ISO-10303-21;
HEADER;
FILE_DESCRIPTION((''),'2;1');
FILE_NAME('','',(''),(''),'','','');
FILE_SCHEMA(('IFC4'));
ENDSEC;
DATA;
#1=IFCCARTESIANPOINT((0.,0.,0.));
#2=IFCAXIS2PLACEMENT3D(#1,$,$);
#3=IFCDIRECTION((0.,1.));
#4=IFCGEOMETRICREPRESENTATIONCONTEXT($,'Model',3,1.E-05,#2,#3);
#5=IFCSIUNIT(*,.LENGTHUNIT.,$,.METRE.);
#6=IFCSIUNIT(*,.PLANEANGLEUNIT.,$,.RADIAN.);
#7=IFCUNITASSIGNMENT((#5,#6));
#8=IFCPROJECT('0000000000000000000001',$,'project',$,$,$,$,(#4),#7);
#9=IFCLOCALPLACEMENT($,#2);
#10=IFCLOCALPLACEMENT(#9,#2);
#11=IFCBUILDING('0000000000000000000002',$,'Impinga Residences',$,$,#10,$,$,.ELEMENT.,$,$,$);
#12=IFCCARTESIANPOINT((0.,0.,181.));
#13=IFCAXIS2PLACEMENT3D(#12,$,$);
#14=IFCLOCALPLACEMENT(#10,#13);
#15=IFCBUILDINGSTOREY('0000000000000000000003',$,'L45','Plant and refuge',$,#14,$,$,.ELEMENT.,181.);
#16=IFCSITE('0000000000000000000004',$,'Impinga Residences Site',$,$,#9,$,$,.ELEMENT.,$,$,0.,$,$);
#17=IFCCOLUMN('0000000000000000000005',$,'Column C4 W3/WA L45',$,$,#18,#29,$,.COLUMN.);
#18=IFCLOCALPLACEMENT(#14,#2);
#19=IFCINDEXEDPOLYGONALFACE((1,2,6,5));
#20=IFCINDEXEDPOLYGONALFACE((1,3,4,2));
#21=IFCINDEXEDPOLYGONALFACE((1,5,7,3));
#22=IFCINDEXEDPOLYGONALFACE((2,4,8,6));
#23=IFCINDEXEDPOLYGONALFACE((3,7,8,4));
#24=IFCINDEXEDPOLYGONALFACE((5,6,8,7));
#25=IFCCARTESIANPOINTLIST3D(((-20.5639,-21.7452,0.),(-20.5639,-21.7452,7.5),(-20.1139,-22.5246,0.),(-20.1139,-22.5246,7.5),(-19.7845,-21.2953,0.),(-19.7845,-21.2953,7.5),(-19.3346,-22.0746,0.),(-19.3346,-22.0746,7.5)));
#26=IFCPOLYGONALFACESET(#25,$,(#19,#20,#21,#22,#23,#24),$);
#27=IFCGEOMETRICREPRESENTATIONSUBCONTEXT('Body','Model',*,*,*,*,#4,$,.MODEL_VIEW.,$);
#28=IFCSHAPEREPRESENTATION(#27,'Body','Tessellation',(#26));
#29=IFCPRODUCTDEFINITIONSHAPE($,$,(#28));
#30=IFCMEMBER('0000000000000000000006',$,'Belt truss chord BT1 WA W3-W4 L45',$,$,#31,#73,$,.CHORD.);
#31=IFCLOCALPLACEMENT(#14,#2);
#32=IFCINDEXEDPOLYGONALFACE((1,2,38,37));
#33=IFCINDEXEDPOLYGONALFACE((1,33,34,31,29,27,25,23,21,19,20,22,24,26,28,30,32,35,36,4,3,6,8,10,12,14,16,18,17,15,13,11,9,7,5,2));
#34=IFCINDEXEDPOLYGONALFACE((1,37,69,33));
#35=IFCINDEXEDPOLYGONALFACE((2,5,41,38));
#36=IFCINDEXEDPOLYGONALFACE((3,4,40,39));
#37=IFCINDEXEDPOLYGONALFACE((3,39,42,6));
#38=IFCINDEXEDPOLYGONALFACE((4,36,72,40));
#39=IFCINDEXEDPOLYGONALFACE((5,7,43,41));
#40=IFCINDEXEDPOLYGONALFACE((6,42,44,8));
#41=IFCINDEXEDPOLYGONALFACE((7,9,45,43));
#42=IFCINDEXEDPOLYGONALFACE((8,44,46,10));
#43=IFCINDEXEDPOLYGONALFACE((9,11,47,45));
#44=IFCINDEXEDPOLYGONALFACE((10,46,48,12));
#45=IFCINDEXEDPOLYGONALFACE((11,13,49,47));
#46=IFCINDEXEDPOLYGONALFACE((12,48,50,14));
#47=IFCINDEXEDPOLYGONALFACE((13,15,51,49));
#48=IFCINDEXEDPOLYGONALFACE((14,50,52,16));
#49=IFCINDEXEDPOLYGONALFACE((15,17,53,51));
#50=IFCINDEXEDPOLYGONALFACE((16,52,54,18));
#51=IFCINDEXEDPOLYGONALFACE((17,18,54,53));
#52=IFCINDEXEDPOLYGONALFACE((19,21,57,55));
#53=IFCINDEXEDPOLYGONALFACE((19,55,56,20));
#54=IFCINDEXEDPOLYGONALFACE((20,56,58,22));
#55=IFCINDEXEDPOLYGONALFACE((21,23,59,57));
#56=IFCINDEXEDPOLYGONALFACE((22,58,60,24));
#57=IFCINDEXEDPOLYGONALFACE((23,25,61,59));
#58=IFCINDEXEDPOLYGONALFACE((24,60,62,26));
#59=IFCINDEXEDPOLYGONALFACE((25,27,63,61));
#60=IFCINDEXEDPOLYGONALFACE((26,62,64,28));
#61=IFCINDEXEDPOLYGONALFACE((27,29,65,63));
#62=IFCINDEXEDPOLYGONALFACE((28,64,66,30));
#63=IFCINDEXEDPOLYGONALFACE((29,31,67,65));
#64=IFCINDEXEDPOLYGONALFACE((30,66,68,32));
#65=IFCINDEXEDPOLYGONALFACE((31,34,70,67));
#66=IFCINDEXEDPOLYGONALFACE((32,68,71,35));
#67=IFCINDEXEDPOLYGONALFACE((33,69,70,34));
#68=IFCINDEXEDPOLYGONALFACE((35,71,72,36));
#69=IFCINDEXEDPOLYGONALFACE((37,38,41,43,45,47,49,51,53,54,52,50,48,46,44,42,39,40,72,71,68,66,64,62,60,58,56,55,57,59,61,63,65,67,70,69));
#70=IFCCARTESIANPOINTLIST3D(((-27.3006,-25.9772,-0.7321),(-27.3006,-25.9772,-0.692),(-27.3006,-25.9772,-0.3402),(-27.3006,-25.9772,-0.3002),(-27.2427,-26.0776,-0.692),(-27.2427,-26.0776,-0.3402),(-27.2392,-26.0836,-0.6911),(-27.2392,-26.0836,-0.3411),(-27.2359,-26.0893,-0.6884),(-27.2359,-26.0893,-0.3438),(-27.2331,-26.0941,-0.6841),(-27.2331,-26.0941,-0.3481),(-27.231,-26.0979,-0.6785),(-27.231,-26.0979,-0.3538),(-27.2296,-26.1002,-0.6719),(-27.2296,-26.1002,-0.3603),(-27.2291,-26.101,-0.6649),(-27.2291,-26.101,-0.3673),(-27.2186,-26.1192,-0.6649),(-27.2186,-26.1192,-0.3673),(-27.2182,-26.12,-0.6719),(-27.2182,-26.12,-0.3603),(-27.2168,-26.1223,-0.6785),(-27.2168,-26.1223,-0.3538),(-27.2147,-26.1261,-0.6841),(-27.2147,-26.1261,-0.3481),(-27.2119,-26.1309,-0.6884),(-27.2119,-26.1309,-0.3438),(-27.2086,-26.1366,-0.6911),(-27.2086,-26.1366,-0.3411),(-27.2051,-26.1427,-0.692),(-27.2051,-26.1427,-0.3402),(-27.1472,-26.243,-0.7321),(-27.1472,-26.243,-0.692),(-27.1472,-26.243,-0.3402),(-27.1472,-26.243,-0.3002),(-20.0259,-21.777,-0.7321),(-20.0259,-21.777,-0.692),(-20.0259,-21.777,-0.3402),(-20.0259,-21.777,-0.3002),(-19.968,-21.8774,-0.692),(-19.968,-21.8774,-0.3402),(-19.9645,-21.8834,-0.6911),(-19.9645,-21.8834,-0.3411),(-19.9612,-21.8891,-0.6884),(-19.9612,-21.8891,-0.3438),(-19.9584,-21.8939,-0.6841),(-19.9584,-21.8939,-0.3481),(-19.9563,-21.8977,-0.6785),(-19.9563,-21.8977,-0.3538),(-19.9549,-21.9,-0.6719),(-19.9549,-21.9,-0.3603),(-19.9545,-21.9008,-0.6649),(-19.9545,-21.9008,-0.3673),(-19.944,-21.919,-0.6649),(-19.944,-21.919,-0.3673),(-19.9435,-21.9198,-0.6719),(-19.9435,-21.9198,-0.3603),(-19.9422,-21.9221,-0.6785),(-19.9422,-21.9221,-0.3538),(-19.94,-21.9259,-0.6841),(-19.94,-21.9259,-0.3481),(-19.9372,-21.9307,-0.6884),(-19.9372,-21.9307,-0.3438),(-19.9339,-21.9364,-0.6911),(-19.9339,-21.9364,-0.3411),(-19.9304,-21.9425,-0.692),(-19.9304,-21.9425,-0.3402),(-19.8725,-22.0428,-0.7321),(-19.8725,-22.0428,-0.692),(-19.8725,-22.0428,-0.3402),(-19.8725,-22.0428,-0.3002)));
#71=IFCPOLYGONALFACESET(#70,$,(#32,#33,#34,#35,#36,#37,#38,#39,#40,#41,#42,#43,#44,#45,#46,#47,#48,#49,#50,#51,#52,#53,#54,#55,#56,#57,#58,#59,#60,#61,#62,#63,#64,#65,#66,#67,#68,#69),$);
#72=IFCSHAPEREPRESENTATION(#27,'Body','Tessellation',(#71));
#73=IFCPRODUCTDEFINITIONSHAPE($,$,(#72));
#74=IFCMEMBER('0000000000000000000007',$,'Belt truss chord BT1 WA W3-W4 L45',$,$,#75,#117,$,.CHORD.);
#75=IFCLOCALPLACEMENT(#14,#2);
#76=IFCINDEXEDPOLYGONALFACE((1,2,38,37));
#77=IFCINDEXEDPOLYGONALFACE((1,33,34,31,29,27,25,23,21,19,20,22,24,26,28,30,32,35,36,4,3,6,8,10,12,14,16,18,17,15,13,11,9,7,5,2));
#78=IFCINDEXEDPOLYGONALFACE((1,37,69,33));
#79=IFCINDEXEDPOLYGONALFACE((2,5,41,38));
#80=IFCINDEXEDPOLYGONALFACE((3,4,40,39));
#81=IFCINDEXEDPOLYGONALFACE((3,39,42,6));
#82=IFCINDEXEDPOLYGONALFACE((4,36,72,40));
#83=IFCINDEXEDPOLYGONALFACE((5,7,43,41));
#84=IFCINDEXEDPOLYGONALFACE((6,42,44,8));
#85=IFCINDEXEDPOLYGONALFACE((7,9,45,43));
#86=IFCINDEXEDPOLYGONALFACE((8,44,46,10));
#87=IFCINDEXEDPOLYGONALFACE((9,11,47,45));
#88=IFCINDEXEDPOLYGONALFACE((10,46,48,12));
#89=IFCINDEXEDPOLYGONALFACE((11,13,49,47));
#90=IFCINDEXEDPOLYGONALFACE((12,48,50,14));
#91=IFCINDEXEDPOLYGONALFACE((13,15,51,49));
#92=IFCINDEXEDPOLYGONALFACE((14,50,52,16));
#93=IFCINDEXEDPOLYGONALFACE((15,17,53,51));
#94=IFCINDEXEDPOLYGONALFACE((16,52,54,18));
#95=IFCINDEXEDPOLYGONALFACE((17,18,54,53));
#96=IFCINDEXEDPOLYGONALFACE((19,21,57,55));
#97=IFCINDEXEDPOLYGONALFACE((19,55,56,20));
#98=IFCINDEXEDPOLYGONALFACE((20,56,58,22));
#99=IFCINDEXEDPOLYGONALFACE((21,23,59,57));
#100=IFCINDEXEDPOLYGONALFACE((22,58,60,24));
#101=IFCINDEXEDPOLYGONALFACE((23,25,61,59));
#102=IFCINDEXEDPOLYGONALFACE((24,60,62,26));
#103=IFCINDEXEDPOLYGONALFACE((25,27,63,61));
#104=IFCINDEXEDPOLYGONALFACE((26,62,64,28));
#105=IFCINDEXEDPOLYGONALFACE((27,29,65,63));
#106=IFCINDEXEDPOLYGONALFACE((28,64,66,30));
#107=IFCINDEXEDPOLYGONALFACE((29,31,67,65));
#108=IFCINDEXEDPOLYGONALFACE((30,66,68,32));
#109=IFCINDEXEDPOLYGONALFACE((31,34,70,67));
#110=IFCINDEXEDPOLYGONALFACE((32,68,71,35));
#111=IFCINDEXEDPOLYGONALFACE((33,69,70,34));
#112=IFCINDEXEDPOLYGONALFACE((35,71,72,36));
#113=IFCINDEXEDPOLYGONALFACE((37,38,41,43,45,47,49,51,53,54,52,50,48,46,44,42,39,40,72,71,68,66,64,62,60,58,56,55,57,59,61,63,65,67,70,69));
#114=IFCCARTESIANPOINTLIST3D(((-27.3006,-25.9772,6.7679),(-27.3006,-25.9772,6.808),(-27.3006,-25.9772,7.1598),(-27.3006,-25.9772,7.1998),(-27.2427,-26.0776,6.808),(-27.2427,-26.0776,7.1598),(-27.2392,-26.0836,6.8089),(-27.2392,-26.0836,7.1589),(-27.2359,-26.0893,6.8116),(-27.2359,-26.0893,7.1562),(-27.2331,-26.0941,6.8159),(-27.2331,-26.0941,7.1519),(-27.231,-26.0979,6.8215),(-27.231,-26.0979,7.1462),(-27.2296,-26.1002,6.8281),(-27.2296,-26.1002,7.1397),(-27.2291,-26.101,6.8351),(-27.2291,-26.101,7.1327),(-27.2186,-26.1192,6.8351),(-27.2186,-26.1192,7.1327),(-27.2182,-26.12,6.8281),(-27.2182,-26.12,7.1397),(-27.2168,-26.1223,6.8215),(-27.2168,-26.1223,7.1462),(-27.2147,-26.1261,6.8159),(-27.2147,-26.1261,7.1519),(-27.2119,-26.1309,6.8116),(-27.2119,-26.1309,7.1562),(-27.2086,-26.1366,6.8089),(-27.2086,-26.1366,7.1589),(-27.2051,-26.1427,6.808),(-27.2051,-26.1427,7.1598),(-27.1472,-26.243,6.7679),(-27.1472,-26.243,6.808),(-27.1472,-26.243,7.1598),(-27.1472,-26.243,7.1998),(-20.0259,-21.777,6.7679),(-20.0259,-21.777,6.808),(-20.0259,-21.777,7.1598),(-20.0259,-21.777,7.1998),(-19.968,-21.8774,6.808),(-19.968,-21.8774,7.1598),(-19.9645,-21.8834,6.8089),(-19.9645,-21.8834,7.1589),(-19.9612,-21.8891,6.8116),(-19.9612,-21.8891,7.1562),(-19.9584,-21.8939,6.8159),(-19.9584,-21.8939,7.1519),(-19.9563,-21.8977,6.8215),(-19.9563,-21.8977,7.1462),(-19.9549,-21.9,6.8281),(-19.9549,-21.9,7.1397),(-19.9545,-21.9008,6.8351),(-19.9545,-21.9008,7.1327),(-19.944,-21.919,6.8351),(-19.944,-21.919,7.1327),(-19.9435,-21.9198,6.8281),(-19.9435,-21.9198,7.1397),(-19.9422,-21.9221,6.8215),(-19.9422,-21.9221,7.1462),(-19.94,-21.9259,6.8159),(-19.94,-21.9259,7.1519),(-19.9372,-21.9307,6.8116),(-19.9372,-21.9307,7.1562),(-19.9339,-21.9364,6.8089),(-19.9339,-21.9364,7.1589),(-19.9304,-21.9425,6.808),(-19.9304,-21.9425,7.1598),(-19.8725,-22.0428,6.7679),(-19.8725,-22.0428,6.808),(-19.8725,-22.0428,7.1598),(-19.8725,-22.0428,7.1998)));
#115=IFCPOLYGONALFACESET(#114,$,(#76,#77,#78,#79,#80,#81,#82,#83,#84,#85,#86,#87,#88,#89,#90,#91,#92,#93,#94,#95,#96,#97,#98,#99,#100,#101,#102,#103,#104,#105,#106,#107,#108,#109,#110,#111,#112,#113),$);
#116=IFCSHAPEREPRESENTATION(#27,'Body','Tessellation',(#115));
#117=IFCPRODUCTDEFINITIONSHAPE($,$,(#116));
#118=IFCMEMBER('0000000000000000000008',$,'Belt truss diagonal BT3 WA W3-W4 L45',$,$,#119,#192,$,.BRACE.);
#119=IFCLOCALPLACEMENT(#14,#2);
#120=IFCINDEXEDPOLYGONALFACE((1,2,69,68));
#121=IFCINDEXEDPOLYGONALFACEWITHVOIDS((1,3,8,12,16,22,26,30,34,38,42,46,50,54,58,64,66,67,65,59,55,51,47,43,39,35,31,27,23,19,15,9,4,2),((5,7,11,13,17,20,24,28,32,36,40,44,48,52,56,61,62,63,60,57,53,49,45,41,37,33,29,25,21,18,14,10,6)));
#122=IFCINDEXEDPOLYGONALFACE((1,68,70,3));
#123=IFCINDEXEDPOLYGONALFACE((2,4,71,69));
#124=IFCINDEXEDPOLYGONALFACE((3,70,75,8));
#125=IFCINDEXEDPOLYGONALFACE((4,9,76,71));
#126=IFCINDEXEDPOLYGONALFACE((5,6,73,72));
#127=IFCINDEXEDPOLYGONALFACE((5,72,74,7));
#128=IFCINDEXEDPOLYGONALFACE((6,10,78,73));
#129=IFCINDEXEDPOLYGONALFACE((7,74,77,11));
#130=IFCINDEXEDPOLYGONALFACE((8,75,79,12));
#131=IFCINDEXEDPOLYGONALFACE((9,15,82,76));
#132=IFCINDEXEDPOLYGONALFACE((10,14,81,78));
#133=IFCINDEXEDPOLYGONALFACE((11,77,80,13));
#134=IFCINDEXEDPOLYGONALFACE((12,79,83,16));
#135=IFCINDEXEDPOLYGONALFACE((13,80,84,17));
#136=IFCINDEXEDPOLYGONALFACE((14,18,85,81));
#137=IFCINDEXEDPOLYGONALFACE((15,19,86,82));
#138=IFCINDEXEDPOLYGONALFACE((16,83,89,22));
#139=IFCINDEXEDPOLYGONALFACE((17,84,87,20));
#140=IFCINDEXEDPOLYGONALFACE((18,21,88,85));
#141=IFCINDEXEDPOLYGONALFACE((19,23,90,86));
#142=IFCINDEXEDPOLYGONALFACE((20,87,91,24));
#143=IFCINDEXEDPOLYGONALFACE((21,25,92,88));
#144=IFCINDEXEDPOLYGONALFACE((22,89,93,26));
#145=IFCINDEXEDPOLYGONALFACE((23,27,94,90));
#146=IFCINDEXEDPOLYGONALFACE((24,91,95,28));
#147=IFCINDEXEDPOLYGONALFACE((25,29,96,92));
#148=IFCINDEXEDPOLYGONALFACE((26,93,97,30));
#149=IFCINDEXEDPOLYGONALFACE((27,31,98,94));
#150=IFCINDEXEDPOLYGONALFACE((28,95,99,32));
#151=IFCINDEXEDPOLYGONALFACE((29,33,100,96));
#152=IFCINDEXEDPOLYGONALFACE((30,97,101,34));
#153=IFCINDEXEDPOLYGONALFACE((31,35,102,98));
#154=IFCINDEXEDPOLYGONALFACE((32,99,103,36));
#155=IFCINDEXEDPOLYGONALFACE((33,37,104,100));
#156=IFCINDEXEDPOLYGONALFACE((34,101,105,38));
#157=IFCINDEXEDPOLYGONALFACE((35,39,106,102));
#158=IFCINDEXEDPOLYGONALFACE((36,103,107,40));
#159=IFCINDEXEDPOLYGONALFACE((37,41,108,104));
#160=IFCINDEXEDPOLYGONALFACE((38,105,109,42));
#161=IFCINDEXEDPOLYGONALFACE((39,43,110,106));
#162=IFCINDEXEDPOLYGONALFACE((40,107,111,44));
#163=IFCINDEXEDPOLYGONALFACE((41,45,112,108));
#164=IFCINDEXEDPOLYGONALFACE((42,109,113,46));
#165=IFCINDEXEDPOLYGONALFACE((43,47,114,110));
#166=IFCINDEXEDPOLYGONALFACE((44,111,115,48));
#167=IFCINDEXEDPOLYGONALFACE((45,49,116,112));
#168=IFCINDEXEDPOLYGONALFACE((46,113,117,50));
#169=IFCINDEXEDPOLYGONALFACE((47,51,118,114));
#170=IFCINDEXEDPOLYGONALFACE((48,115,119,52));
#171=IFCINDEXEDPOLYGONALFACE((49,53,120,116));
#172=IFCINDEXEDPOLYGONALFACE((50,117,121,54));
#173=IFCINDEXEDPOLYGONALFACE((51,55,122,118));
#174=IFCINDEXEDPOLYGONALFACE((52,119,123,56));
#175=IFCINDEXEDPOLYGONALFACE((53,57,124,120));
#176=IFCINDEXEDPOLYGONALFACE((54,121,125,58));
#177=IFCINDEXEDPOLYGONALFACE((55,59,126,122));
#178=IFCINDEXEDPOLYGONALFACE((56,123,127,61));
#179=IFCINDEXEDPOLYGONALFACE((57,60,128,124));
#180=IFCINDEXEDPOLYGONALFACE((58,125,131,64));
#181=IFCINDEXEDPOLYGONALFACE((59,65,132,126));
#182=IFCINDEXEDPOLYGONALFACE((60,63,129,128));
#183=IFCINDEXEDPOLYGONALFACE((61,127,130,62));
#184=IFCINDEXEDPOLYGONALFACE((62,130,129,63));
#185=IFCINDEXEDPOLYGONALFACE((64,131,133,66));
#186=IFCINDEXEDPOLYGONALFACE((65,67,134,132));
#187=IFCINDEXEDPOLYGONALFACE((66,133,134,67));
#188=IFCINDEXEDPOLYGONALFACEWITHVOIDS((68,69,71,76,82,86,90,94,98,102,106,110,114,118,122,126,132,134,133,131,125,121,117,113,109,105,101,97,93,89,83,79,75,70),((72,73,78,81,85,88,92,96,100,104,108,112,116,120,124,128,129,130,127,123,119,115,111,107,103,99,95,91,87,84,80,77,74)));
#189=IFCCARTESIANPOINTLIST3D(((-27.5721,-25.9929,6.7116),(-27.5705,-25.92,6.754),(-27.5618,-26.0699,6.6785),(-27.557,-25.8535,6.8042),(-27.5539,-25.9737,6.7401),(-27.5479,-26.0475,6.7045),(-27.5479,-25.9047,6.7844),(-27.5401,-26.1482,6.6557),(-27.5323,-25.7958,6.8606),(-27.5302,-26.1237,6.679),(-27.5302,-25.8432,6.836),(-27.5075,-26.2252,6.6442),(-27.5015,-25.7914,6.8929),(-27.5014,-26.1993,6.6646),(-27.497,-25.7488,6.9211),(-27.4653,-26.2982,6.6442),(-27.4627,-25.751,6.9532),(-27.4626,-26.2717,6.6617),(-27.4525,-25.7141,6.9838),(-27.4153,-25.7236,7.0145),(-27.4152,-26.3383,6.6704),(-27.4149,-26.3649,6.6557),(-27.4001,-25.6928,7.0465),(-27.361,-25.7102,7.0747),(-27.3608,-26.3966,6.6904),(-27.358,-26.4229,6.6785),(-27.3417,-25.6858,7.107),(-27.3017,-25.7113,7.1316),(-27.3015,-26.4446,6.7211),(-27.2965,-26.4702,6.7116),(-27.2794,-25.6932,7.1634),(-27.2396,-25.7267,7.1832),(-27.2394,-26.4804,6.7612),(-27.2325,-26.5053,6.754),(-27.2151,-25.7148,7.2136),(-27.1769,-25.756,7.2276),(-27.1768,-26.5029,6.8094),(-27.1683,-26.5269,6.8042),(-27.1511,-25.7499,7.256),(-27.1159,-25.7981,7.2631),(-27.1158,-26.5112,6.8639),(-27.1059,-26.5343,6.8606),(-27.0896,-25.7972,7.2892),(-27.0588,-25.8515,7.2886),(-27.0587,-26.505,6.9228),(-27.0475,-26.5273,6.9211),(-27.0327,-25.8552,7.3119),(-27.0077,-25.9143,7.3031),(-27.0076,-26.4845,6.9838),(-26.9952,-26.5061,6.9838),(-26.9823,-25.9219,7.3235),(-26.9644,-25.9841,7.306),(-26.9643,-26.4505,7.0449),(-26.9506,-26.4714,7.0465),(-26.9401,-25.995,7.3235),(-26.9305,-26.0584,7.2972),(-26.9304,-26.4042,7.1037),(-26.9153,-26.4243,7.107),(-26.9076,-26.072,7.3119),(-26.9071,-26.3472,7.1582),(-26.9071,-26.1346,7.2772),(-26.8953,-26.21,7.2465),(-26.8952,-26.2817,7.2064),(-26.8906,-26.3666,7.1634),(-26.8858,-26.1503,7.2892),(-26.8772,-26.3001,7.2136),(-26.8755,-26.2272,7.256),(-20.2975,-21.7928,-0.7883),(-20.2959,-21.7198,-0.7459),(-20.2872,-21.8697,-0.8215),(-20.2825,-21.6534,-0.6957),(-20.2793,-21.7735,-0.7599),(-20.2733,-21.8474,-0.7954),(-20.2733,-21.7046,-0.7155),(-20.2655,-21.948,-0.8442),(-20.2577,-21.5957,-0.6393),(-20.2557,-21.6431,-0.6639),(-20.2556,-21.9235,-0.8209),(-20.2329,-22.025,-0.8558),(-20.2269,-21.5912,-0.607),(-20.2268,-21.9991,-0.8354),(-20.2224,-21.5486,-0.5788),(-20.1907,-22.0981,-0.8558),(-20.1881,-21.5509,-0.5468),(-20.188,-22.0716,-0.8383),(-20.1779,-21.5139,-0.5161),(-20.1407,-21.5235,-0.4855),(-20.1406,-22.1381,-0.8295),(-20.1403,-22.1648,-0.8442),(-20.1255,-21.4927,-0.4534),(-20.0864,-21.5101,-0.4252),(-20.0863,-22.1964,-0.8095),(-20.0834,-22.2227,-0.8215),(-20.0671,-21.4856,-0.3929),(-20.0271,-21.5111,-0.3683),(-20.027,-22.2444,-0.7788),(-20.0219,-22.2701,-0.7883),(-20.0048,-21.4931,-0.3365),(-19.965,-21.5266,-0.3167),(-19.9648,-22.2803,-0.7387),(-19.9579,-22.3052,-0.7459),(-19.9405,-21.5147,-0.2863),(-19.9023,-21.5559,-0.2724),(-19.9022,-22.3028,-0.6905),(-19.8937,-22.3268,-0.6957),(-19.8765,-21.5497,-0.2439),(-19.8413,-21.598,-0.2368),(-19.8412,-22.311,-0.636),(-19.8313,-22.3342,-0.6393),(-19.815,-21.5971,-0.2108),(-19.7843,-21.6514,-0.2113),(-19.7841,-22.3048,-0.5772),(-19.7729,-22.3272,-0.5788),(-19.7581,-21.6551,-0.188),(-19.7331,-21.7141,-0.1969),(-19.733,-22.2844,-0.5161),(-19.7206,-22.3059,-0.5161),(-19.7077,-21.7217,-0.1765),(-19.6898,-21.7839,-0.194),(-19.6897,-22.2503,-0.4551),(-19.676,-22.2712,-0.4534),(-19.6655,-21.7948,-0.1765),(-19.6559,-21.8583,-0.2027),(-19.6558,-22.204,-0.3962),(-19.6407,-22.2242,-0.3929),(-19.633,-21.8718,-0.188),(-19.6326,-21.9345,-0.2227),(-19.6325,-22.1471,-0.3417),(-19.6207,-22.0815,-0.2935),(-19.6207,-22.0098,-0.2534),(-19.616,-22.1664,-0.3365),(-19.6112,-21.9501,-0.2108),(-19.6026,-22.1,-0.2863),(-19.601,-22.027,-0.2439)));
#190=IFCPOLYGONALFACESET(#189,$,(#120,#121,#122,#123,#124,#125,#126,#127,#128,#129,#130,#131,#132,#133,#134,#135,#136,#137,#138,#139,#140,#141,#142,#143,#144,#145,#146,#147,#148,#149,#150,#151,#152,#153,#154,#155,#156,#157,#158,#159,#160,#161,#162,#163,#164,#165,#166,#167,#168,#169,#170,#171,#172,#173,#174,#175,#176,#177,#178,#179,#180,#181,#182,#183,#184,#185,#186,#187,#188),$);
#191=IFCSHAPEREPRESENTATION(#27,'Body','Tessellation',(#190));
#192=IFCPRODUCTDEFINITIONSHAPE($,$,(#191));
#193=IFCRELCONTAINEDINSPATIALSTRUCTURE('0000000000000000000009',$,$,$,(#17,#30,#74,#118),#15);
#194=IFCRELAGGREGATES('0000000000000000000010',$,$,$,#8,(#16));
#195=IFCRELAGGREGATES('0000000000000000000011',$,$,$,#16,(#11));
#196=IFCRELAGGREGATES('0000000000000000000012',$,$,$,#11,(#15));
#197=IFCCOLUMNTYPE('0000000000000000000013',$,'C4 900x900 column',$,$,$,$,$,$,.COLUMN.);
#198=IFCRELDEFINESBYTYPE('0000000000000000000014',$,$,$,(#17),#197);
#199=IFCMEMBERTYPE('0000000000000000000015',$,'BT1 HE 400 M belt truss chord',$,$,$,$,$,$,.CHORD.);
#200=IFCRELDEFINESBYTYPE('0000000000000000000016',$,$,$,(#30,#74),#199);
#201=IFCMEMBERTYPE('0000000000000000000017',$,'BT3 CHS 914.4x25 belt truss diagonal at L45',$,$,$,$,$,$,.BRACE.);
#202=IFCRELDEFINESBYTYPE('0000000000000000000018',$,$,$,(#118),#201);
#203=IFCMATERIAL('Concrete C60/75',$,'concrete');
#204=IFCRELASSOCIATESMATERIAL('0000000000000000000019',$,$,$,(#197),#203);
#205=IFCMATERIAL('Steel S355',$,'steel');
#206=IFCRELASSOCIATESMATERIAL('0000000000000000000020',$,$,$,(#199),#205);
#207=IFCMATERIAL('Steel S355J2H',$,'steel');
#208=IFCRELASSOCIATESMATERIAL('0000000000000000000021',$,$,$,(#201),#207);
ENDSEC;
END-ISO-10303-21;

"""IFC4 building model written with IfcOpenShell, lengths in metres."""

from ifc_helpers import new_model, si_unit, direction, frame, origin, origin_2d, place, context, subcontext, project, spatial, rectangle, hollow_circle, i_section, extrude, material, material_profile, profile_set, type_object, element, save


model = new_model("IFC4")

# Units and contexts
model_context = context("Model", 3, precision=1e-05, world=origin(), true_north=direction((0.0, 1.0)))
body_context = subcontext(model_context, "Body", "Model", "MODEL_VIEW")
ifc_project = project(units=[si_unit("LENGTHUNIT", "METRE"), si_unit("PLANEANGLEUNIT", "RADIAN")], contexts=[model_context])

# Site, building, storey
site_placement = place(None, origin())
site = spatial("IfcSite", under=ifc_project, at=site_placement, Name="Impinga Residences Site", CompositionType="ELEMENT", RefElevation=0.0)
building_placement = place(site_placement, origin())
building = spatial("IfcBuilding", under=site, at=building_placement, Name="Impinga Residences", CompositionType="ELEMENT")
storey_placement = place(building_placement, frame((0.0, 0.0, 181.0)))
storey = spatial("IfcBuildingStorey", under=building, at=storey_placement, Name="L45", Description="Plant and refuge", CompositionType="ELEMENT", Elevation=181.0)

# Column
ifc_material_1 = material(Name="Concrete C60/75", Category="concrete")
ifc_material_profile_1 = material_profile(ifc_material_1, rectangle(XDim=0.8999, YDim=0.8999, at=origin_2d()), Name="RC 900x900")
ifc_profile_set_1 = profile_set([ifc_material_profile_1], Name="Concrete C60/75")
column_type = type_object("IfcColumnType", Name="C4 900x900 column", PredefinedType="COLUMN", material=ifc_profile_set_1)
column_placement = place(storey_placement, frame((-19.9492, -21.9099, 0.0), z_axis=(0.0, 0.0, 1.0), x_axis=(-0.5, 0.866025, 0.0)))
element("IfcColumn", 1, at=column_placement, inside=storey, type_object=column_type, Name="Column C4 W3/WA L45", PredefinedType="COLUMN", context=body_context, shape_type="SweptSolid", body=[
    extrude(rectangle(XDim=0.8999, YDim=0.8999, at=origin_2d()), origin(), (0.0, 0.0, 1.0), 7.5),
])

# Members
ifc_material_2 = material(Name="Steel S355", Category="steel")
ifc_material_profile_2 = material_profile(ifc_material_2, i_section(OverallWidth=0.3069, OverallDepth=0.4319, WebThickness=0.021, FlangeThickness=0.04, FilletRadius=0.0271, at=origin_2d()), Name="HE 400 M")
ifc_profile_set_2 = profile_set([ifc_material_profile_2], Name="Steel S355")
member_type_1 = type_object("IfcMemberType", Name="BT1 HE 400 M belt truss chord", PredefinedType="CHORD", material=ifc_profile_set_2)
for number, where, z_axis, x_axis, name in (
    (2, (-19.9492, -21.9099, -0.5161), (-0.866017, -0.500015, 0.0), (0.500015, -0.866017, 0.0), "Belt truss chord BT1 WA W3-W4 L45"),
    (3, (-19.9492, -21.9099, 6.9839), (-0.866017, -0.500015, 0.0), (0.500015, -0.866017, 0.0), "Belt truss chord BT1 WA W3-W4 L45"),
):
    element("IfcMember", number, at=place(storey_placement, frame(where, z_axis=z_axis, x_axis=x_axis)), inside=storey, type_object=member_type_1, Name=name, PredefinedType="CHORD", context=body_context, shape_type="SweptSolid", body=[
        extrude(i_section(OverallWidth=0.3069, OverallDepth=0.4319, WebThickness=0.021, FlangeThickness=0.04, FilletRadius=0.0271, at=origin_2d()), origin(), (0.0, 0.0, 1.0), 8.4001),
    ])
ifc_material_3 = material(Name="Steel S355J2H", Category="steel")
ifc_material_profile_3 = material_profile(ifc_material_3, hollow_circle(Radius=0.4573, WallThickness=0.0249, at=origin_2d()), Name="CHS 914.4x25")
ifc_profile_set_3 = profile_set([ifc_material_profile_3], Name="Steel S355J2H")
member_type_2 = type_object("IfcMemberType", Name="BT3 CHS 914.4x25 belt truss diagonal at L45", PredefinedType="BRACE", material=ifc_profile_set_3)
member_1_placement = place(storey_placement, frame((-19.9492, -21.9099, -0.5161), z_axis=(-0.645999, -0.372983, 0.66601), x_axis=(0.500015, -0.866017, 0.0)))
element("IfcMember", 4, at=member_1_placement, inside=storey, type_object=member_type_2, Name="Belt truss diagonal BT3 WA W3-W4 L45", PredefinedType="BRACE", context=body_context, shape_type="SweptSolid", body=[
    extrude(hollow_circle(Radius=0.4573, WallThickness=0.0249, at=origin_2d()), origin(), (0.0, 0.0, 1.0), 11.261),
])

save(model, "model.ifc")
